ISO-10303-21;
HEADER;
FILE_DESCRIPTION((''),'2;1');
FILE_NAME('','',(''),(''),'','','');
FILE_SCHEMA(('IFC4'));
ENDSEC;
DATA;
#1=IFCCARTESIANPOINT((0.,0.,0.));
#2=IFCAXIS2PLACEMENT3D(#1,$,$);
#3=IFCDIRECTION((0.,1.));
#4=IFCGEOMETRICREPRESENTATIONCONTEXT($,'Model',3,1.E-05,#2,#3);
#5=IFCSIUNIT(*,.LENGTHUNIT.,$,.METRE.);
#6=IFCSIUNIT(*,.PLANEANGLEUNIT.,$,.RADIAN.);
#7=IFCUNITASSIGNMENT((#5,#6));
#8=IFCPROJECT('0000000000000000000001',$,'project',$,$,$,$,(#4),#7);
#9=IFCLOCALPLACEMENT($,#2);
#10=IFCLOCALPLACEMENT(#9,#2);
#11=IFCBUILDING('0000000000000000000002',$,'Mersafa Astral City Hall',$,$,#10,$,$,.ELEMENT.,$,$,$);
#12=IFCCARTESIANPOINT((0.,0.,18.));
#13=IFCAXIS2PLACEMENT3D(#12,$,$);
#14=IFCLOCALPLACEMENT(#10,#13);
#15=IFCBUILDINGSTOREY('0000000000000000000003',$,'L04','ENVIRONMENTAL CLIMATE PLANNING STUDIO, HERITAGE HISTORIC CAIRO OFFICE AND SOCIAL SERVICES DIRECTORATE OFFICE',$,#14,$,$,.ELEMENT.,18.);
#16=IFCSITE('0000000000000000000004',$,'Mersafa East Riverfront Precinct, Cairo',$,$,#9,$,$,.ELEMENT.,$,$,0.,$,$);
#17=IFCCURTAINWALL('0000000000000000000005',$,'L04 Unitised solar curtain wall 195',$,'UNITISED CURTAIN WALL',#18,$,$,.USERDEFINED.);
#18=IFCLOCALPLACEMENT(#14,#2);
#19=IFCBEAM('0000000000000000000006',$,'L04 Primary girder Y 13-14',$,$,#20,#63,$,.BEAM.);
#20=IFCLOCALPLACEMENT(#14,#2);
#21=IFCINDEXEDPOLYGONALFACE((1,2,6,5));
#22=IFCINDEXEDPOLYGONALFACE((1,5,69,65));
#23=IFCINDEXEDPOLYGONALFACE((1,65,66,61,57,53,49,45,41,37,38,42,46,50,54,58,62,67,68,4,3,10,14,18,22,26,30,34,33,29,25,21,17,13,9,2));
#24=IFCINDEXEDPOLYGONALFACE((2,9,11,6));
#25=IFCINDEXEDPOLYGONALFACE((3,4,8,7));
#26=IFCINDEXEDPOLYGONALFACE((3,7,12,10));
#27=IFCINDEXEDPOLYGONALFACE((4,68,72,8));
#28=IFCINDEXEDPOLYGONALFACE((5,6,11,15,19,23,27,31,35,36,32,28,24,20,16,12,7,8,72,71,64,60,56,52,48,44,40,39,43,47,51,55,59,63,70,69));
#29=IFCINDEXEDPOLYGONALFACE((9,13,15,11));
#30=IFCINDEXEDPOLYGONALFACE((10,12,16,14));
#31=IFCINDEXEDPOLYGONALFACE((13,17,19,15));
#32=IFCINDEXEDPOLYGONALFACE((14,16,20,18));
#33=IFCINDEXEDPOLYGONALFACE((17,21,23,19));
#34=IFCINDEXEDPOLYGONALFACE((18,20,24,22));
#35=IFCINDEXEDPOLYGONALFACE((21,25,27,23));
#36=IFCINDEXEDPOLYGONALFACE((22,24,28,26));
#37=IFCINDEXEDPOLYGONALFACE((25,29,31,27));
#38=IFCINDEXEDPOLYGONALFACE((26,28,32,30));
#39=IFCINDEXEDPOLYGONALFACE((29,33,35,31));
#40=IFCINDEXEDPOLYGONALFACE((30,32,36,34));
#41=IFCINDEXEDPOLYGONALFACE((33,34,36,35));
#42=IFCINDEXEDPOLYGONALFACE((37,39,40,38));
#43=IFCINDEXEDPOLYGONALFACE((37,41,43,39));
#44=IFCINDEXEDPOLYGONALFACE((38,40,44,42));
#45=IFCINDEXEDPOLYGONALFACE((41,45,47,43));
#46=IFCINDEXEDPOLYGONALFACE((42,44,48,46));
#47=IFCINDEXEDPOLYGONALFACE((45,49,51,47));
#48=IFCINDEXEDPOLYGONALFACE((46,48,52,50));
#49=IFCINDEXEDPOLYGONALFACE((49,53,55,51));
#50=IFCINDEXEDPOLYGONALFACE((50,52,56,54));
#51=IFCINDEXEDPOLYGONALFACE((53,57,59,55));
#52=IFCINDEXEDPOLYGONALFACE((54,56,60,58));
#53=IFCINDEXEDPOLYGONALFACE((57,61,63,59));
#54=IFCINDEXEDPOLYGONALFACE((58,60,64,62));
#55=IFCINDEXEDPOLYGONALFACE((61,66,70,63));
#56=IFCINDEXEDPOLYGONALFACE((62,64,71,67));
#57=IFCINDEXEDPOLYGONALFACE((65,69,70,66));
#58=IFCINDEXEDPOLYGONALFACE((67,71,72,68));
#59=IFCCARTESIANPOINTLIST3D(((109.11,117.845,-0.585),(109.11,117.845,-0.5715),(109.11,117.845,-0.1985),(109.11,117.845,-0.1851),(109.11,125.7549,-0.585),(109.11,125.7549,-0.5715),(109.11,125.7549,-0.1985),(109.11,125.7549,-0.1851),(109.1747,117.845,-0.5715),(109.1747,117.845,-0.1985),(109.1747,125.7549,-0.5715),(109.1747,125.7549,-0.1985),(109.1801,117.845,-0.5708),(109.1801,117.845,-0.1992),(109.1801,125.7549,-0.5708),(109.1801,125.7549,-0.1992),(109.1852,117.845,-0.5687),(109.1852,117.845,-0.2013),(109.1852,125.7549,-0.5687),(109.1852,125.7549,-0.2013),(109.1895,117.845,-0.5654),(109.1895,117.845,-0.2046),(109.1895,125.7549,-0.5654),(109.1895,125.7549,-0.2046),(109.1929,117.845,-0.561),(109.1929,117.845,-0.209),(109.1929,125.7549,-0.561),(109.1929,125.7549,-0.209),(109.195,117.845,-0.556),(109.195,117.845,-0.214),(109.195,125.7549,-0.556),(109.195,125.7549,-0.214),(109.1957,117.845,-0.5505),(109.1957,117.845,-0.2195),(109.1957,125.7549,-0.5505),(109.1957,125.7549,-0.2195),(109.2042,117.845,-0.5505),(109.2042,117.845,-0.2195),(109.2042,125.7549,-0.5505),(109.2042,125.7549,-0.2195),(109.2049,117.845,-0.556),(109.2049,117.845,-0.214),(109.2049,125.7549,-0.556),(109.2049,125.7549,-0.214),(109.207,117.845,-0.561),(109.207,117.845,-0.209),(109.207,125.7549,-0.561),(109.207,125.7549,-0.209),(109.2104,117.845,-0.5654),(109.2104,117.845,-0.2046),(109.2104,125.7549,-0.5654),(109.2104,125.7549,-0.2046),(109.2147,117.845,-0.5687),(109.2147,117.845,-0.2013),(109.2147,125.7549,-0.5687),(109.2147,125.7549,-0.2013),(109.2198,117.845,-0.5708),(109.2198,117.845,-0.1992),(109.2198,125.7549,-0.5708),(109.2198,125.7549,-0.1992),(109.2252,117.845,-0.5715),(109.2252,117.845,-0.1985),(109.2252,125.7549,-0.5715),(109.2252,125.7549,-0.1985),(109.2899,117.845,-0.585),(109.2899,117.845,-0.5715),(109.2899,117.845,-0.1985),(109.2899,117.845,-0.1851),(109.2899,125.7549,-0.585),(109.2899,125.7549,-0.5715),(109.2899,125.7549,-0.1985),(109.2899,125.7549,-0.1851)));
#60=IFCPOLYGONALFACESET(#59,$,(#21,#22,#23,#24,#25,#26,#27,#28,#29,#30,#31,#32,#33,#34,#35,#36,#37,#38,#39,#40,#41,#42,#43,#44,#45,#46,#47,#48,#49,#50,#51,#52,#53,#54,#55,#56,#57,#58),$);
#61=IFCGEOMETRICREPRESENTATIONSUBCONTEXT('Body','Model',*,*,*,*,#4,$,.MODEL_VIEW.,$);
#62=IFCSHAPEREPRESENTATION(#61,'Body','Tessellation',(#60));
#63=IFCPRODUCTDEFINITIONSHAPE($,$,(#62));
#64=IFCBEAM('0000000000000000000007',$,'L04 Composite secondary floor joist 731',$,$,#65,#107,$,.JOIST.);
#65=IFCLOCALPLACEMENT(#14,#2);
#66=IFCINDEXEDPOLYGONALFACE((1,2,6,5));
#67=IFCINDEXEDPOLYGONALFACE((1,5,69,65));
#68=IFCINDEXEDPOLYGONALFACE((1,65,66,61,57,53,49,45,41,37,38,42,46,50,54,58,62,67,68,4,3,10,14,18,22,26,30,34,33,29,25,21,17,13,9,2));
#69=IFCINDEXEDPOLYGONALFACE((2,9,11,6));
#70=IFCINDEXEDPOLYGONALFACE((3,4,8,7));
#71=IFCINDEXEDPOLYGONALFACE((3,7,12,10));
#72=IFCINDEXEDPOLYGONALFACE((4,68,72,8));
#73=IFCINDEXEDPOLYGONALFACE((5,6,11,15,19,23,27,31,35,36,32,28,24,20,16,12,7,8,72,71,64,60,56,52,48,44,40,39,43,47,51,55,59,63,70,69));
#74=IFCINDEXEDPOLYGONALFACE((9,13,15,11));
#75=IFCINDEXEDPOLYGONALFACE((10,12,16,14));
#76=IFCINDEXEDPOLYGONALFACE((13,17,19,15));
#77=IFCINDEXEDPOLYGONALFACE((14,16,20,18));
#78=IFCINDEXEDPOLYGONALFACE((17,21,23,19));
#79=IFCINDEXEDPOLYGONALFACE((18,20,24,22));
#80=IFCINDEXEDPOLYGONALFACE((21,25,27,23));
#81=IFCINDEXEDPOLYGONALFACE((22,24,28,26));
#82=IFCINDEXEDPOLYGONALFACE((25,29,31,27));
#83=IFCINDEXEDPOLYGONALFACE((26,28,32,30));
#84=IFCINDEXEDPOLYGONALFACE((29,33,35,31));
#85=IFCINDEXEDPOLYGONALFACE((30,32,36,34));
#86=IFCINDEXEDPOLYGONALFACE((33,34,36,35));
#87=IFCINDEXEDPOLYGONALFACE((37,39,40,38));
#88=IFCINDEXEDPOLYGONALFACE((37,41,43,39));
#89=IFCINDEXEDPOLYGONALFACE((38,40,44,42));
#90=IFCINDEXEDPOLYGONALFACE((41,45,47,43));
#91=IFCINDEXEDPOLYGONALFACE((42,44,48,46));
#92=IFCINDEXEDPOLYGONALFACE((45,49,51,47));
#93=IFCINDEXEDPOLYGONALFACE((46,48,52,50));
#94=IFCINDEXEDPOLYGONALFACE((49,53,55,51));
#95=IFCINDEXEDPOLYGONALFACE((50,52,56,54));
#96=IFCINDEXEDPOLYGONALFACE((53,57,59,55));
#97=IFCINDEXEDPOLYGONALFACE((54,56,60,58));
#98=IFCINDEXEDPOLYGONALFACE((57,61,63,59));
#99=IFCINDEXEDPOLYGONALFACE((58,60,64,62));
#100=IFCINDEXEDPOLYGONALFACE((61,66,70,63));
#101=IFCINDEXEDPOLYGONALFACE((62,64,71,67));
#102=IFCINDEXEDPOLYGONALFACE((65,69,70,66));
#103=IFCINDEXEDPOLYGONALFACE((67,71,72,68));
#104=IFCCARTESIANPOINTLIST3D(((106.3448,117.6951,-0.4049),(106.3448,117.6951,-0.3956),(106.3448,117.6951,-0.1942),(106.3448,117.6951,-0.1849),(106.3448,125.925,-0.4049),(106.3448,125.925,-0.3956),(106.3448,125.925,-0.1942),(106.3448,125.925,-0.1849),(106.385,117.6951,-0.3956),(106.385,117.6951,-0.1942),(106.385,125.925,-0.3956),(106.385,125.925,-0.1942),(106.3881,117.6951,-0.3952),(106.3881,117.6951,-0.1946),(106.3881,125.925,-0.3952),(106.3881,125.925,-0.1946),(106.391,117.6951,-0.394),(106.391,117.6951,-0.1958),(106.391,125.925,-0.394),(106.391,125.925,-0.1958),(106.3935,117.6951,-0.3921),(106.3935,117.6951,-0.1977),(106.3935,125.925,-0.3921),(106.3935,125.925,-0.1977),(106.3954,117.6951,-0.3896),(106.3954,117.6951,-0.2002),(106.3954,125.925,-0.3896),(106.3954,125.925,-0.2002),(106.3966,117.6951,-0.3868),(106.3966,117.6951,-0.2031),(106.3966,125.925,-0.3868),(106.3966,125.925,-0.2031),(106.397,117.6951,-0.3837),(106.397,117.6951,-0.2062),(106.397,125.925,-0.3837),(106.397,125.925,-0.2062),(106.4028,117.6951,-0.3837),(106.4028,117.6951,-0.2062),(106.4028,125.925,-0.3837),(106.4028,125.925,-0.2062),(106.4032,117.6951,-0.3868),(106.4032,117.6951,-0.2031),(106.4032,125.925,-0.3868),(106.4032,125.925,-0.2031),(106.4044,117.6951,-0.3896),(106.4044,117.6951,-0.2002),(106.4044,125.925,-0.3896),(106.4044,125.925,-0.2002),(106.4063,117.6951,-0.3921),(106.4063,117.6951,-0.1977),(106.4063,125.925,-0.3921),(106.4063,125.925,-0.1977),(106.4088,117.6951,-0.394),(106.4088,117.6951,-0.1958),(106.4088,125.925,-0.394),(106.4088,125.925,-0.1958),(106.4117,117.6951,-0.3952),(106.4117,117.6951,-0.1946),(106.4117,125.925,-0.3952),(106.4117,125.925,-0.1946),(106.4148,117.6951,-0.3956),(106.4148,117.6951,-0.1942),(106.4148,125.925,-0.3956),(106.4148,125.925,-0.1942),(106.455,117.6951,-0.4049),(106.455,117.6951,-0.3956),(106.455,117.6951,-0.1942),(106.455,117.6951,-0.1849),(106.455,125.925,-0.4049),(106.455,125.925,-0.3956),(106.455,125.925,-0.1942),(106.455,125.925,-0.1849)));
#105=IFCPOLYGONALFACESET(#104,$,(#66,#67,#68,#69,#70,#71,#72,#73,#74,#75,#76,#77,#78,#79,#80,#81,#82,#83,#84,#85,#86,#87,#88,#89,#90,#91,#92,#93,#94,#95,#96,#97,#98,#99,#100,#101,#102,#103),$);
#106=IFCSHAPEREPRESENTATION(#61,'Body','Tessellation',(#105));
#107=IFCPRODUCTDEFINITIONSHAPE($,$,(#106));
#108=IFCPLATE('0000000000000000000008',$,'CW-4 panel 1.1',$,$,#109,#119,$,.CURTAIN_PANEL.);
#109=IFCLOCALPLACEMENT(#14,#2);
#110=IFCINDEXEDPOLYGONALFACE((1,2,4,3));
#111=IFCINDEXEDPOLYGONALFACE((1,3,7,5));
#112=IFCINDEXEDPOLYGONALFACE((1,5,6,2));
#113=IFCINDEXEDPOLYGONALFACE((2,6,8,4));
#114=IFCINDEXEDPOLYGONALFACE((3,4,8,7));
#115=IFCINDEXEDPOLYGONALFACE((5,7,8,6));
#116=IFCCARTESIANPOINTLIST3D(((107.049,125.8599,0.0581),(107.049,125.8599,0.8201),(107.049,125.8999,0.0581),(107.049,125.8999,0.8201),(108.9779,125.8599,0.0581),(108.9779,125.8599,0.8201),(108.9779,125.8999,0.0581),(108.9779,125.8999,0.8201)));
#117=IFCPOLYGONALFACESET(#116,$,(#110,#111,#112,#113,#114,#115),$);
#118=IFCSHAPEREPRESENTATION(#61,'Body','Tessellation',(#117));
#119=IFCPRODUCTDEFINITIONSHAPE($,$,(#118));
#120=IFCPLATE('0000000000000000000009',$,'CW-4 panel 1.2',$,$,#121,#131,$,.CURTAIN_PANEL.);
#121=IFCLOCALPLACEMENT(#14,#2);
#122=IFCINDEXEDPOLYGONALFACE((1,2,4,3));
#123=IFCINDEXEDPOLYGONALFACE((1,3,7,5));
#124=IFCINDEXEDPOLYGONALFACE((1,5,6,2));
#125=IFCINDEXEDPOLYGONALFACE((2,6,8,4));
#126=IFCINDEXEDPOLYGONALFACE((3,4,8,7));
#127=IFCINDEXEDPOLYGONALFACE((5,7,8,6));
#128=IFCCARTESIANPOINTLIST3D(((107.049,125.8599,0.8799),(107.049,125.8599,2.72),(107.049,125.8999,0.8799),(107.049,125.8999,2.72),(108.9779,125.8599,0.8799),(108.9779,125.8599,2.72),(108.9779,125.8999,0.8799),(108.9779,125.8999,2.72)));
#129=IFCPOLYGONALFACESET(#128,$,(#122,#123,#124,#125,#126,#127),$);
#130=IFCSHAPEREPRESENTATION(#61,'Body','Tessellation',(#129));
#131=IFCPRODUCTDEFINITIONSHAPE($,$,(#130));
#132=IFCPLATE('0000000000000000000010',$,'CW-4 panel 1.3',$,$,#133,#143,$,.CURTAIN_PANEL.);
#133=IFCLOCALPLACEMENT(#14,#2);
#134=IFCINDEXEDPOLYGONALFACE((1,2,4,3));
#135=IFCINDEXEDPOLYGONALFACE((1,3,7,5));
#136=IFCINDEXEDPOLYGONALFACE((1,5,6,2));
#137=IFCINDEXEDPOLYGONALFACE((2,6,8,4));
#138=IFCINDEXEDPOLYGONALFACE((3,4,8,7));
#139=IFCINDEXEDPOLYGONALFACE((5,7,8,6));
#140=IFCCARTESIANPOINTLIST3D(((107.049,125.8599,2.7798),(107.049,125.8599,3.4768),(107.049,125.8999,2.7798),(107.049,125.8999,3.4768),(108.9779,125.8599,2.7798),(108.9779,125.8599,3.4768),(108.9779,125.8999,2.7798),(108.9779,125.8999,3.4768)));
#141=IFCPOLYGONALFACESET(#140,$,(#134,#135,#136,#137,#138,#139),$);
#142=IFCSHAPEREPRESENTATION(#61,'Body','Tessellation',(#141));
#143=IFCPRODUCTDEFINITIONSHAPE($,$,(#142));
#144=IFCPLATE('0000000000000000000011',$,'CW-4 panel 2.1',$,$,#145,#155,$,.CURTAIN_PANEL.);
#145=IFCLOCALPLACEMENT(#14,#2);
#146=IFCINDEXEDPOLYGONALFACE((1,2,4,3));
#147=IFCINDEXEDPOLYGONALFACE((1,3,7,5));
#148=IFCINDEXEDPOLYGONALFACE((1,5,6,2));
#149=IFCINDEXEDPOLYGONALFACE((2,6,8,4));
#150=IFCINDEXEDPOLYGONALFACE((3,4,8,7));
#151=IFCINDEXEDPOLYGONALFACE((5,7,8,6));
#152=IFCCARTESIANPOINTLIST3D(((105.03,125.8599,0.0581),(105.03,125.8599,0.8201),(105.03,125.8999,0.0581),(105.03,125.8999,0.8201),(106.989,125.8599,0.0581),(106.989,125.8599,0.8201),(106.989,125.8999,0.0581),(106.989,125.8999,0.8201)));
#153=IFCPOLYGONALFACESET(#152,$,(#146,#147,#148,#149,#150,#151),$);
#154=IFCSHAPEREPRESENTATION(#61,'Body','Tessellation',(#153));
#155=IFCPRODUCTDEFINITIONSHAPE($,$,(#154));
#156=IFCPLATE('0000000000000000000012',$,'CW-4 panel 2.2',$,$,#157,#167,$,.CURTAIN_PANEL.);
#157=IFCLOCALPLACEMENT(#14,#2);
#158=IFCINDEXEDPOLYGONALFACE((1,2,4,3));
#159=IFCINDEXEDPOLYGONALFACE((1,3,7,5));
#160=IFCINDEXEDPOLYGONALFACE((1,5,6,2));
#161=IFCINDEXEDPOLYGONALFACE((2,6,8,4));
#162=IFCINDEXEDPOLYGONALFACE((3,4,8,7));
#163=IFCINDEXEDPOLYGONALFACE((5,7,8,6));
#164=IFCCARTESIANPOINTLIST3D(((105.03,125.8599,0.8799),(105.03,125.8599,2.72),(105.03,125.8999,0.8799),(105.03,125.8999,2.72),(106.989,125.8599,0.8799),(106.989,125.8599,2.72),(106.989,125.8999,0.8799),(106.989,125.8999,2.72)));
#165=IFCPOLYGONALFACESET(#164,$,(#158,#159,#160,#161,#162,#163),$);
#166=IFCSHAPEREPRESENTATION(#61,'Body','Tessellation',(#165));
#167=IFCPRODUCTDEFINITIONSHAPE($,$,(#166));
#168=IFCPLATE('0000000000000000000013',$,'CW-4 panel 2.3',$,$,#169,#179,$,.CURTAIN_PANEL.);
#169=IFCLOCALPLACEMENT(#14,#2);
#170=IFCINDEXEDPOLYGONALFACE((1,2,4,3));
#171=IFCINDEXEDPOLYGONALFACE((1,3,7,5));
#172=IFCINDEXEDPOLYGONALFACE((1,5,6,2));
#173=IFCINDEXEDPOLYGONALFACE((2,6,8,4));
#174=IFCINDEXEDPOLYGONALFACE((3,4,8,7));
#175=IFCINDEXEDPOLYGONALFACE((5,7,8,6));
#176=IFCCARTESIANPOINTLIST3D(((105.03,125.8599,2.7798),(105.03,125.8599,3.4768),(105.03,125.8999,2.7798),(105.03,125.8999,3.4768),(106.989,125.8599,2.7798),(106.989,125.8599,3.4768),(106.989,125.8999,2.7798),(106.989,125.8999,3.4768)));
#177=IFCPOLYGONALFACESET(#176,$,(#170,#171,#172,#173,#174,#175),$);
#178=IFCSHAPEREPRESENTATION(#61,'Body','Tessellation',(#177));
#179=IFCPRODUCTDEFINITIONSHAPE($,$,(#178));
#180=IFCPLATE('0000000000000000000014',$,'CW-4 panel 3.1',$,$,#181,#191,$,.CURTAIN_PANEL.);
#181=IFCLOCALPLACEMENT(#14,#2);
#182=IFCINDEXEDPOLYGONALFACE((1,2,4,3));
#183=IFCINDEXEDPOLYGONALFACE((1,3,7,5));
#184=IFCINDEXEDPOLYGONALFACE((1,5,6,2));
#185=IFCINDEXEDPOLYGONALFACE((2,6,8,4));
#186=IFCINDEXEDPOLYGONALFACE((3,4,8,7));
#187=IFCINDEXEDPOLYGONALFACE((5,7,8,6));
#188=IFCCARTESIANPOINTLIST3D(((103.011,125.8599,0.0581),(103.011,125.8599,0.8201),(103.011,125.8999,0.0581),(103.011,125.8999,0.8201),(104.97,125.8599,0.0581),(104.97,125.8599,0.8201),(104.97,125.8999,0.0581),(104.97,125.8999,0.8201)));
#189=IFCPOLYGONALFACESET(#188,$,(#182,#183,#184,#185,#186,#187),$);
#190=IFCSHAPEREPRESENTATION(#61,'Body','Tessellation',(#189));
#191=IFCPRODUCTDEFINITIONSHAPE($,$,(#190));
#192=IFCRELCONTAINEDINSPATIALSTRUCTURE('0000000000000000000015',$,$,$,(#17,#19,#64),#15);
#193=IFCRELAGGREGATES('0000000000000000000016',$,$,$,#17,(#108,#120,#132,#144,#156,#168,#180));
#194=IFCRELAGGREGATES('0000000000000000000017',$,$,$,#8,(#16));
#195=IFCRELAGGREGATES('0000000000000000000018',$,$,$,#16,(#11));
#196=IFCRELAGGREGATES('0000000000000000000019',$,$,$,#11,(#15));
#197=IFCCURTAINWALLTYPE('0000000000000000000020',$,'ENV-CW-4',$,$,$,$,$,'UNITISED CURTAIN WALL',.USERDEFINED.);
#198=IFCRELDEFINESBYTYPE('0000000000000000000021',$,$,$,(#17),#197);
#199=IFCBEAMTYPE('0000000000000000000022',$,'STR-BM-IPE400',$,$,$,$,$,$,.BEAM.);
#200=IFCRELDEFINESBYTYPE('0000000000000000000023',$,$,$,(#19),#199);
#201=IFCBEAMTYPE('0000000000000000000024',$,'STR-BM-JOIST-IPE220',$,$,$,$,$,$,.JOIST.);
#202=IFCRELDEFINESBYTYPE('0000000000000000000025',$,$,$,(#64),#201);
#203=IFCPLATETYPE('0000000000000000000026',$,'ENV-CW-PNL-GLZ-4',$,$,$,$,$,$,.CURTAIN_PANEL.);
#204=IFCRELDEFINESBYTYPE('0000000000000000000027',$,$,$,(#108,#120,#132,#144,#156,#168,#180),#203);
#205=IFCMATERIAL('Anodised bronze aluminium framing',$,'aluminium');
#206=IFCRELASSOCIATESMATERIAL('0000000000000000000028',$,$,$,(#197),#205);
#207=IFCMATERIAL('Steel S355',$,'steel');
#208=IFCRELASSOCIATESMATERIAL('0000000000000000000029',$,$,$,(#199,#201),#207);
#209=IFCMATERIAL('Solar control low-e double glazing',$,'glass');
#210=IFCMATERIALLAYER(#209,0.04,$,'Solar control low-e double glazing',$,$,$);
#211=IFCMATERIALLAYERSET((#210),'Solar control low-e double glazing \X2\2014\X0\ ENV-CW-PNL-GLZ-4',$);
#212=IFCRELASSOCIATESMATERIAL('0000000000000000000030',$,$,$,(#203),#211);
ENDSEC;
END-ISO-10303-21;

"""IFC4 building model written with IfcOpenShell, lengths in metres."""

from ifc_helpers import new_model, si_unit, direction, frame, origin, origin_2d, place, context, subcontext, project, spatial, rectangle, i_section, extrude, material, layer, layer_set, material_profile, profile_set, type_object, element, aggregate, save


model = new_model("IFC4")

# Units and contexts
model_context = context("Model", 3, precision=1e-05, world=origin(), true_north=direction((0.0, 1.0)))
body_context = subcontext(model_context, "Body", "Model", "MODEL_VIEW")
ifc_project = project(units=[si_unit("LENGTHUNIT", "METRE"), si_unit("PLANEANGLEUNIT", "RADIAN")], contexts=[model_context])

# Site, building, storey
site_placement = place(None, origin())
site = spatial("IfcSite", under=ifc_project, at=site_placement, Name="Mersafa East Riverfront Precinct, Cairo", CompositionType="ELEMENT", RefElevation=0.0)
building_placement = place(site_placement, origin())
building = spatial("IfcBuilding", under=site, at=building_placement, Name="Mersafa Astral City Hall", CompositionType="ELEMENT")
storey_placement = place(building_placement, frame((0.0, 0.0, 18.0)))
storey = spatial("IfcBuildingStorey", under=building, at=storey_placement, Name="L04", Description="ENVIRONMENTAL CLIMATE PLANNING STUDIO, HERITAGE HISTORIC CAIRO OFFICE AND SOCIAL SERVICES DIRECTORATE OFFICE", CompositionType="ELEMENT", Elevation=18.0)

# Shared definitions
ifc_material_1 = material(Name="Steel S355", Category="steel")

# Curtain wall
ifc_material_2 = material(Name="Anodised bronze aluminium framing", Category="aluminium")
curtain_wall_type = type_object("IfcCurtainWallType", Name="ENV-CW-4", ElementType="UNITISED CURTAIN WALL", PredefinedType="USERDEFINED", material=ifc_material_2)
curtain_wall_placement = place(storey_placement, origin())
curtain_wall = element("IfcCurtainWall", 1, at=curtain_wall_placement, inside=storey, type_object=curtain_wall_type, Name="L04 Unitised solar curtain wall 195", ObjectType="UNITISED CURTAIN WALL", PredefinedType="USERDEFINED")

# Beams
ifc_material_profile_1 = material_profile(ifc_material_1, i_section(OverallWidth=0.1799, OverallDepth=0.3999, WebThickness=0.0085, FlangeThickness=0.0134, FilletRadius=0.021, at=origin_2d()), Name="IPE 400")
ifc_profile_set_1 = profile_set([ifc_material_profile_1], Name="Steel S355")
beam_type_1 = type_object("IfcBeamType", Name="STR-BM-IPE400", PredefinedType="BEAM", material=ifc_profile_set_1)
beam_1_placement = place(storey_placement, frame((109.2, 117.845, -0.385), z_axis=(0.0, 1.0, 0.0), x_axis=(-1.0, 0.0, 0.0)))
element("IfcBeam", 2, at=beam_1_placement, inside=storey, type_object=beam_type_1, Name="L04 Primary girder Y 13-14", PredefinedType="BEAM", context=body_context, shape_type="SweptSolid", body=[
    extrude(i_section(OverallWidth=0.1799, OverallDepth=0.3999, WebThickness=0.0085, FlangeThickness=0.0134, FilletRadius=0.021, at=origin_2d()), origin(), (0.0, 0.0, 1.0), 7.9099),
])
ifc_material_profile_2 = material_profile(ifc_material_1, i_section(OverallWidth=0.1101, OverallDepth=0.22, WebThickness=0.0059, FlangeThickness=0.0093, FilletRadius=0.012, at=origin_2d()), Name="IPE 220")
ifc_profile_set_2 = profile_set([ifc_material_profile_2], Name="Steel S355")
beam_type_2 = type_object("IfcBeamType", Name="STR-BM-JOIST-IPE220", PredefinedType="JOIST", material=ifc_profile_set_2)
beam_2_placement = place(storey_placement, frame((106.3999, 117.6951, -0.2949), z_axis=(0.0, 1.0, 0.0), x_axis=(-1.0, 0.0, 0.0)))
element("IfcBeam", 3, at=beam_2_placement, inside=storey, type_object=beam_type_2, Name="L04 Composite secondary floor joist 731", PredefinedType="JOIST", context=body_context, shape_type="SweptSolid", body=[
    extrude(i_section(OverallWidth=0.1101, OverallDepth=0.22, WebThickness=0.0059, FlangeThickness=0.0093, FilletRadius=0.012, at=origin_2d()), origin(), (0.0, 0.0, 1.0), 8.23),
])

# Plates
ifc_material_3 = material(Name="Solar control low-e double glazing", Category="glass")
ifc_layer_1 = layer(ifc_material_3, 0.04, Name="Solar control low-e double glazing")
ifc_layer_set_1 = layer_set([ifc_layer_1], Name="Solar control low-e double glazing — ENV-CW-PNL-GLZ-4")
plate_type = type_object("IfcPlateType", Name="ENV-CW-PNL-GLZ-4", PredefinedType="CURTAIN_PANEL", material=ifc_layer_set_1)
plate_1_placement = place(storey_placement, frame((108.0134, 125.8799, 0.0581), z_axis=(0.0, 0.0, 1.0), x_axis=(-1.0, 0.0, 0.0)))
plate_1 = element("IfcPlate", 4, at=plate_1_placement, type_object=plate_type, Name="CW-4 panel 1.1", PredefinedType="CURTAIN_PANEL", context=body_context, shape_type="SweptSolid", body=[
    extrude(rectangle(XDim=1.929, YDim=0.04, at=origin_2d()), origin(), (0.0, 0.0, 1.0), 0.762),
])
plate_2_placement = place(storey_placement, frame((108.0134, 125.8799, 0.8799), z_axis=(0.0, 0.0, 1.0), x_axis=(-1.0, 0.0, 0.0)))
plate_2 = element("IfcPlate", 5, at=plate_2_placement, type_object=plate_type, Name="CW-4 panel 1.2", PredefinedType="CURTAIN_PANEL", context=body_context, shape_type="SweptSolid", body=[
    extrude(rectangle(XDim=1.929, YDim=0.04, at=origin_2d()), origin(), (0.0, 0.0, 1.0), 1.8401),
])
plate_3_placement = place(storey_placement, frame((108.0134, 125.8799, 2.7798), z_axis=(0.0, 0.0, 1.0), x_axis=(-1.0, 0.0, 0.0)))
plate_3 = element("IfcPlate", 6, at=plate_3_placement, type_object=plate_type, Name="CW-4 panel 1.3", PredefinedType="CURTAIN_PANEL", context=body_context, shape_type="SweptSolid", body=[
    extrude(rectangle(XDim=1.929, YDim=0.04, at=origin_2d()), origin(), (0.0, 0.0, 1.0), 0.697),
])
plate_4_placement = place(storey_placement, frame((106.0095, 125.8799, 0.0581), z_axis=(0.0, 0.0, 1.0), x_axis=(-1.0, 0.0, 0.0)))
plate_4 = element("IfcPlate", 7, at=plate_4_placement, type_object=plate_type, Name="CW-4 panel 2.1", PredefinedType="CURTAIN_PANEL", context=body_context, shape_type="SweptSolid", body=[
    extrude(rectangle(XDim=1.959, YDim=0.04, at=origin_2d()), origin(), (0.0, 0.0, 1.0), 0.762),
])
plate_5_placement = place(storey_placement, frame((106.0095, 125.8799, 0.8799), z_axis=(0.0, 0.0, 1.0), x_axis=(-1.0, 0.0, 0.0)))
plate_5 = element("IfcPlate", 8, at=plate_5_placement, type_object=plate_type, Name="CW-4 panel 2.2", PredefinedType="CURTAIN_PANEL", context=body_context, shape_type="SweptSolid", body=[
    extrude(rectangle(XDim=1.959, YDim=0.04, at=origin_2d()), origin(), (0.0, 0.0, 1.0), 1.8401),
])
plate_6_placement = place(storey_placement, frame((106.0095, 125.8799, 2.7798), z_axis=(0.0, 0.0, 1.0), x_axis=(-1.0, 0.0, 0.0)))
plate_6 = element("IfcPlate", 9, at=plate_6_placement, type_object=plate_type, Name="CW-4 panel 2.3", PredefinedType="CURTAIN_PANEL", context=body_context, shape_type="SweptSolid", body=[
    extrude(rectangle(XDim=1.959, YDim=0.04, at=origin_2d()), origin(), (0.0, 0.0, 1.0), 0.697),
])
plate_7_placement = place(storey_placement, frame((103.9905, 125.8799, 0.0581), z_axis=(0.0, 0.0, 1.0), x_axis=(-1.0, 0.0, 0.0)))
plate_7 = element("IfcPlate", 10, at=plate_7_placement, type_object=plate_type, Name="CW-4 panel 3.1", PredefinedType="CURTAIN_PANEL", context=body_context, shape_type="SweptSolid", body=[
    extrude(rectangle(XDim=1.959, YDim=0.04, at=origin_2d()), origin(), (0.0, 0.0, 1.0), 0.762),
])
aggregate(curtain_wall, [plate_1, plate_2, plate_3, plate_4, plate_5, plate_6, plate_7])

save(model, "model.ifc")
